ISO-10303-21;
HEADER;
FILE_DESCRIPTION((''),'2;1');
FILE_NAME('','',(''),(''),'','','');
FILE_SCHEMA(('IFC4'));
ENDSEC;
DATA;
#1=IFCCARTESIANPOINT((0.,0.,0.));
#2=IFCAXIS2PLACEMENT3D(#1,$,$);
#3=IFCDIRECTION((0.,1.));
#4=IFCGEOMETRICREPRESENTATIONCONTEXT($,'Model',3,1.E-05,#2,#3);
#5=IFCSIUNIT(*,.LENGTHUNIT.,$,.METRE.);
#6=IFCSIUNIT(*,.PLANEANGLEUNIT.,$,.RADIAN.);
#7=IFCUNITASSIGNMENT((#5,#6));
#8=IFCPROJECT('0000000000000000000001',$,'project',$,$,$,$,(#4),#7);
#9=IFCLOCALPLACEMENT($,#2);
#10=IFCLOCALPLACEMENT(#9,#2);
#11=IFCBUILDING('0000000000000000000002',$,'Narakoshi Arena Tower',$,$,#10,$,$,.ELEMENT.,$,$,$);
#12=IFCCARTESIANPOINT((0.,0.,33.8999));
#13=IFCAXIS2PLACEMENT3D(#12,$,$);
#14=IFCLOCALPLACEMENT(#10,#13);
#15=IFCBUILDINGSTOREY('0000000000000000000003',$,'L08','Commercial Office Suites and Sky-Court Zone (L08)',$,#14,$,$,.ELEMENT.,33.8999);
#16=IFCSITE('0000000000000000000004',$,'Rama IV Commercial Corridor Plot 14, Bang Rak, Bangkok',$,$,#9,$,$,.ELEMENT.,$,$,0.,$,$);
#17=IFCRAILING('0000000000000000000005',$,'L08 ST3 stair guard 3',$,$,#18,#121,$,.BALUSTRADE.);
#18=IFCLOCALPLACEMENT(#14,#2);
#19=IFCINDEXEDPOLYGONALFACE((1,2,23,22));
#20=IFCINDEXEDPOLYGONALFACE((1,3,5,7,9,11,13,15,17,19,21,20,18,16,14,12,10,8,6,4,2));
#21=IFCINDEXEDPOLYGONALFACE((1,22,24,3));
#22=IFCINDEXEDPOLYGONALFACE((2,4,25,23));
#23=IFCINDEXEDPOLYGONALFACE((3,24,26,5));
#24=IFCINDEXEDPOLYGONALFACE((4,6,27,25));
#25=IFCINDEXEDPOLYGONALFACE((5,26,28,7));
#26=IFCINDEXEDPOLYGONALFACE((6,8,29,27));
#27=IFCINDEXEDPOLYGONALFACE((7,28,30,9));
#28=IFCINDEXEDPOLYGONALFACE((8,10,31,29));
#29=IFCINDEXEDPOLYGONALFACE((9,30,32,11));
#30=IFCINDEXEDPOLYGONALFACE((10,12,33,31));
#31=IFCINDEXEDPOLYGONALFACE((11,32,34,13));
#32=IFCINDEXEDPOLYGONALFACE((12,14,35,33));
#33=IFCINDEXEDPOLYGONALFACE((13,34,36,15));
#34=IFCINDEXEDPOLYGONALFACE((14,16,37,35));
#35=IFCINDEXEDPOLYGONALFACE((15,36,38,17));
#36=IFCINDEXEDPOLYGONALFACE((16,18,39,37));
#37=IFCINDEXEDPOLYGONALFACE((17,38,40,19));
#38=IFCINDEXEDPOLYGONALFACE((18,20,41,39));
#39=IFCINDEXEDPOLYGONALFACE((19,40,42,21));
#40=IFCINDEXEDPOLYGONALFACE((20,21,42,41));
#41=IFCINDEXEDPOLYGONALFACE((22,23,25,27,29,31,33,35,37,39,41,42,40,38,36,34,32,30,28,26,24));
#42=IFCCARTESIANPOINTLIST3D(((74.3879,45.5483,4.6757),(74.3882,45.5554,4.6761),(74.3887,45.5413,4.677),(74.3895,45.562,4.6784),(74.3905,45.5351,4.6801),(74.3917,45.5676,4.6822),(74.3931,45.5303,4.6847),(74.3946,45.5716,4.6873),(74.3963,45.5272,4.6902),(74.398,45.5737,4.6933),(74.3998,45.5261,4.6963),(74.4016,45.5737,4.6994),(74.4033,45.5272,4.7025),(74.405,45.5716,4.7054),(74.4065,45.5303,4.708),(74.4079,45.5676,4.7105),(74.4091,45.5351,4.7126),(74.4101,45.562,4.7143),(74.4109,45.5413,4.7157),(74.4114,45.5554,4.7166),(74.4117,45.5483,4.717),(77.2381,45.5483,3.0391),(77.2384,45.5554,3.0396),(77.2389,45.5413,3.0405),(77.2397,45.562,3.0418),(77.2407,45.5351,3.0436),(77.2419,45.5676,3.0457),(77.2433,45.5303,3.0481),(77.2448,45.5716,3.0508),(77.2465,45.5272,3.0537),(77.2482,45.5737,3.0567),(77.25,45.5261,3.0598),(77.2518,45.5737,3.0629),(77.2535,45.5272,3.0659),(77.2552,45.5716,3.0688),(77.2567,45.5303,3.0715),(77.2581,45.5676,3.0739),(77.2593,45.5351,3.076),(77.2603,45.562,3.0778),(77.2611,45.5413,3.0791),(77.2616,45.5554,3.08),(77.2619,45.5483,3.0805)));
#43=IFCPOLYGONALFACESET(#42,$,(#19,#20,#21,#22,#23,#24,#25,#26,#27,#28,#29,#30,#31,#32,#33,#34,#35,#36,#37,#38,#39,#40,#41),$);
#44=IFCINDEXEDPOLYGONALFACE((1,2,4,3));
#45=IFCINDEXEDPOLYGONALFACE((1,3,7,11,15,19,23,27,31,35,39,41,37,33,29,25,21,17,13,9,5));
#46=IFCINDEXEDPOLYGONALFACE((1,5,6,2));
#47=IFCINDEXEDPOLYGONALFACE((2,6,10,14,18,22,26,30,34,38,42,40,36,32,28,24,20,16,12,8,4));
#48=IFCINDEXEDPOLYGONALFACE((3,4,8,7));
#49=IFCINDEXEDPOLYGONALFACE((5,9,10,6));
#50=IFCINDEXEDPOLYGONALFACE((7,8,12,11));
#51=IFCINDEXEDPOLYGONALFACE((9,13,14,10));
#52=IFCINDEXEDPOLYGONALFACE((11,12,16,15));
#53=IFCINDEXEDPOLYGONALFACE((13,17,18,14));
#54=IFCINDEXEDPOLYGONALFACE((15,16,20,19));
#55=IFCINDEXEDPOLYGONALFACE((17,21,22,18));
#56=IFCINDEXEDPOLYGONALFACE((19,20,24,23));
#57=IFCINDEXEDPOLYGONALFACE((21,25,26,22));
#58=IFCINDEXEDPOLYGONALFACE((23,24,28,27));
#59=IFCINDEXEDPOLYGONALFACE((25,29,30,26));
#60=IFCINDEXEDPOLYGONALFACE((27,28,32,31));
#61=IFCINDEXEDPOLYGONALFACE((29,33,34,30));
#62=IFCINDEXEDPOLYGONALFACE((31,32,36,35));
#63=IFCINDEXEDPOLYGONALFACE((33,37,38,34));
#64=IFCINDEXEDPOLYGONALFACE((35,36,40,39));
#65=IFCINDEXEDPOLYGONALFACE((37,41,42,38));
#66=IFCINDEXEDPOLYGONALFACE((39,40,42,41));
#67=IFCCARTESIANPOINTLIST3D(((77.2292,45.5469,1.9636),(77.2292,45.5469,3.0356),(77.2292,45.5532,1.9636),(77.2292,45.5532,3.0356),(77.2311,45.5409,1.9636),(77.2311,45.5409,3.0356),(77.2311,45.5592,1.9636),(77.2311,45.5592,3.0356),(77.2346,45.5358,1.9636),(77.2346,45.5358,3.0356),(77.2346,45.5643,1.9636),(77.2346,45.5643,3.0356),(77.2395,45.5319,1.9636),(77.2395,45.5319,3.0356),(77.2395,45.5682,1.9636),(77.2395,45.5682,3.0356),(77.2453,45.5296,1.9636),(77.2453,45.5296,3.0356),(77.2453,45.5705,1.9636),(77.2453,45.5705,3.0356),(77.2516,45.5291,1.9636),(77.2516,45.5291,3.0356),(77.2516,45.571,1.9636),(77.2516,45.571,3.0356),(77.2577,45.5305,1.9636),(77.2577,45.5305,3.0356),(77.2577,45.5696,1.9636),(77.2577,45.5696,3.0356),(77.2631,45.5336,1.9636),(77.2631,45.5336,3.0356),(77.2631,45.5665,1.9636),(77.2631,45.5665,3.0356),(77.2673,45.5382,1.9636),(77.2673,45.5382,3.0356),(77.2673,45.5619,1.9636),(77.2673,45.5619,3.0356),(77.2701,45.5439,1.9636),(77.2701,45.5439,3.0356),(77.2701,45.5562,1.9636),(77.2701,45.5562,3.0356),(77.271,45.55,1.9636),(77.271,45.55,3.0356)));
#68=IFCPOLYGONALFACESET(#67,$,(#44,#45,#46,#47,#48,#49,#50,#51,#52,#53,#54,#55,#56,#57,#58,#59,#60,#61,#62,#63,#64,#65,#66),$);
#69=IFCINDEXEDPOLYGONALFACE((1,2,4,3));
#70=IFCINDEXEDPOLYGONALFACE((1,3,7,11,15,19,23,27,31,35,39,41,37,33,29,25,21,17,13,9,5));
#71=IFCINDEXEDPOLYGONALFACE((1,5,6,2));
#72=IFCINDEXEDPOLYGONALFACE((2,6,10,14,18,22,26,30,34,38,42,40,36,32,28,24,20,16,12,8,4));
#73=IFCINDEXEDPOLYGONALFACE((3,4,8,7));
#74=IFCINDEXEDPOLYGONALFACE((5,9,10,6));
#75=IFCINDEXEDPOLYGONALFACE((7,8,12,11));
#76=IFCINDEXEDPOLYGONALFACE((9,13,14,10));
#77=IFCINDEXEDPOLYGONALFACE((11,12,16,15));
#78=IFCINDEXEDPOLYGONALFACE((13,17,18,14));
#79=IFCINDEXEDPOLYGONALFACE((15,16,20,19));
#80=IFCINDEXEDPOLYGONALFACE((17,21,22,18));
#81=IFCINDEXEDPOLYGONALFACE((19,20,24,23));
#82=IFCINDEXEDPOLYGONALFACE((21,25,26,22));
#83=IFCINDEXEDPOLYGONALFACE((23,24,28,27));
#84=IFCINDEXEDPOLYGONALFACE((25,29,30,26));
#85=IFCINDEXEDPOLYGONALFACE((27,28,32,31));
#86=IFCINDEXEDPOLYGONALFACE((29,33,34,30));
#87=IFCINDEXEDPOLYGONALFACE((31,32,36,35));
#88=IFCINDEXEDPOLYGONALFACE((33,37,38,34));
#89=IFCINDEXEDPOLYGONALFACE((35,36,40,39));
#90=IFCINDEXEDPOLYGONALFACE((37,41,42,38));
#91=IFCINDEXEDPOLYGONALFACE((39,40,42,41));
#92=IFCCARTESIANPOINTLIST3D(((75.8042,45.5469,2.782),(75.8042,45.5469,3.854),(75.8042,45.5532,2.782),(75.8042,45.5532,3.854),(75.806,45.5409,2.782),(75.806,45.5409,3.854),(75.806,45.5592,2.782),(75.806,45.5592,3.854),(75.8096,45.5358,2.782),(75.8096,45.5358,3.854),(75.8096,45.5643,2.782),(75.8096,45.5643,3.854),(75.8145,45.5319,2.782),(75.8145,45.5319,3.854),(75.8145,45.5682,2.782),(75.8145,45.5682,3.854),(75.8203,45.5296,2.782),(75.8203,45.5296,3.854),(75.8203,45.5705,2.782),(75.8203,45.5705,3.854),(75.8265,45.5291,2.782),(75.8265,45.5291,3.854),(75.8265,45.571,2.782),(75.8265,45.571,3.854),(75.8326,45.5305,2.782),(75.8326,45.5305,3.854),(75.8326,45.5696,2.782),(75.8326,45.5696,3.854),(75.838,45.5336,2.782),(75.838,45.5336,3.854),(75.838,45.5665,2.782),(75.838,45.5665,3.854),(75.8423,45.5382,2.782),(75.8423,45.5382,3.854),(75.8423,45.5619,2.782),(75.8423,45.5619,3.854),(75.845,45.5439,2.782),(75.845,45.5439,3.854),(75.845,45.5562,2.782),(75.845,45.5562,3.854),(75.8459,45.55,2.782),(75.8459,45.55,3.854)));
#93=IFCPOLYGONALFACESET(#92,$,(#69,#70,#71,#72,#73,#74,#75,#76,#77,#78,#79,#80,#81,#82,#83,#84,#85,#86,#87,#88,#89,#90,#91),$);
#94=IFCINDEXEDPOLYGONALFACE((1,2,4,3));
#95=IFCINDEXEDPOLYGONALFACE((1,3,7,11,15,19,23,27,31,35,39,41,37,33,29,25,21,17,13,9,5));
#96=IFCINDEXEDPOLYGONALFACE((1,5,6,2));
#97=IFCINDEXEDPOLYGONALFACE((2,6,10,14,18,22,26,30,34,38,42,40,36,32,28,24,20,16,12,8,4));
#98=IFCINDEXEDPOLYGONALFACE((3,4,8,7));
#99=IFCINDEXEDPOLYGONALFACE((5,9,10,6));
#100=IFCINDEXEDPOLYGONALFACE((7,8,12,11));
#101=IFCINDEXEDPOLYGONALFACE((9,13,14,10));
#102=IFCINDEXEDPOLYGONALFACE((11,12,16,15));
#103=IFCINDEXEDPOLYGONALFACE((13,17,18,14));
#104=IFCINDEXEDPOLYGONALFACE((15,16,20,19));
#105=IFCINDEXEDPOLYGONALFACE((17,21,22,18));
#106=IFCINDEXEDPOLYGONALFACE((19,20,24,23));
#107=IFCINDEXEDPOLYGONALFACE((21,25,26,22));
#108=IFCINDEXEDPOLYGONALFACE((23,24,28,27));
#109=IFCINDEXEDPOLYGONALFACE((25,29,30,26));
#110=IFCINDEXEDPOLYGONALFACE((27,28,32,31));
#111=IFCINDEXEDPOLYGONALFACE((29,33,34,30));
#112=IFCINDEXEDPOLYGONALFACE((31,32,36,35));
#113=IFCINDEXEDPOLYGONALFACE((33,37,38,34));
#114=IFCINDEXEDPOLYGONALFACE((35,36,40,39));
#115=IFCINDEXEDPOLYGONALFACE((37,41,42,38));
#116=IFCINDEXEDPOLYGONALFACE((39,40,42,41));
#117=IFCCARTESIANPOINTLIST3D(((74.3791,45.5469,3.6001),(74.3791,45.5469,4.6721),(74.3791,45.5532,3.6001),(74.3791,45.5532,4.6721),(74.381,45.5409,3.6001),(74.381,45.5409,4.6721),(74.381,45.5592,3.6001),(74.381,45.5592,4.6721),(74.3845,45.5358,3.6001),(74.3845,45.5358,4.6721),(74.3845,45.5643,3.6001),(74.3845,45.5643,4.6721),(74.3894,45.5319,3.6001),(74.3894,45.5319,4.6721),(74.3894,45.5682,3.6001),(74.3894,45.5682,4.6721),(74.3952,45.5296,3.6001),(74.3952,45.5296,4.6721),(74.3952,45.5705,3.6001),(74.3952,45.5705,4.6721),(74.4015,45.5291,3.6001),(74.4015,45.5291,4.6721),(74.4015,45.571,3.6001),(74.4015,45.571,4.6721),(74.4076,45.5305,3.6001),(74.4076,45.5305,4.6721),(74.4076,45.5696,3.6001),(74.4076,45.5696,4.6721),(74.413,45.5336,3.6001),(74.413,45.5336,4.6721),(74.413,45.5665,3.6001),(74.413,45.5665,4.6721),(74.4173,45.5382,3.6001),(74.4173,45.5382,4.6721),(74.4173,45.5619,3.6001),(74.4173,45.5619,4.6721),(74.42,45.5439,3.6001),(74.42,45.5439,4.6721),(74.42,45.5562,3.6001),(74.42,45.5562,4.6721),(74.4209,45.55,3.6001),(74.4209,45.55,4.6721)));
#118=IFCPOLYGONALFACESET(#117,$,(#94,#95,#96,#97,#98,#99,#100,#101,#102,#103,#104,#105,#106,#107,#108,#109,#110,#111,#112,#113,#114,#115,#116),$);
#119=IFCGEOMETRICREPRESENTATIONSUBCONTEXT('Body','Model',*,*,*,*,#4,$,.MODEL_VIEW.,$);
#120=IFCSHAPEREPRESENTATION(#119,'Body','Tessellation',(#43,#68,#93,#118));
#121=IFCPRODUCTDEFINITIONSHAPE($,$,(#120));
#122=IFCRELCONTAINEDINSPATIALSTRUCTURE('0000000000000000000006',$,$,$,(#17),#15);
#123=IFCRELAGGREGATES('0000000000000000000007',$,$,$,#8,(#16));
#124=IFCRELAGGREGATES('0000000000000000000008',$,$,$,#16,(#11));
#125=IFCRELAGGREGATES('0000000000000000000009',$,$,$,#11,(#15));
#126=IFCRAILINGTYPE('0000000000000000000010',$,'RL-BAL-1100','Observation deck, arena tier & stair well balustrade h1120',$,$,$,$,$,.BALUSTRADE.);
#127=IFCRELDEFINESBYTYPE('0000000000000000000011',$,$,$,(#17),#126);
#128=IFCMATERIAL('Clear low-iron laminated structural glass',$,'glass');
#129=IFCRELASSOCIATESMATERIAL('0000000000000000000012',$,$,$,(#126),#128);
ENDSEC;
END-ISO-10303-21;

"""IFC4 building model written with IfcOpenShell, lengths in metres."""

from ifc_helpers import new_model, si_unit, direction, frame, origin, origin_2d, place, context, subcontext, project, spatial, circle, extrude, material, type_object, element, save


model = new_model("IFC4")

# Units and contexts
model_context = context("Model", 3, precision=1e-05, world=origin(), true_north=direction((0.0, 1.0)))
body_context = subcontext(model_context, "Body", "Model", "MODEL_VIEW")
ifc_project = project(units=[si_unit("LENGTHUNIT", "METRE"), si_unit("PLANEANGLEUNIT", "RADIAN")], contexts=[model_context])

# Site, building, storey
site_placement = place(None, origin())
site = spatial("IfcSite", under=ifc_project, at=site_placement, Name="Rama IV Commercial Corridor Plot 14, Bang Rak, Bangkok", CompositionType="ELEMENT", RefElevation=0.0)
building_placement = place(site_placement, origin())
building = spatial("IfcBuilding", under=site, at=building_placement, Name="Narakoshi Arena Tower", CompositionType="ELEMENT")
storey_placement = place(building_placement, frame((0.0, 0.0, 33.8999)))
storey = spatial("IfcBuildingStorey", under=building, at=storey_placement, Name="L08", Description="Commercial Office Suites and Sky-Court Zone (L08)", CompositionType="ELEMENT", Elevation=33.8999)

# Railing
ifc_material_1 = material(Name="Clear low-iron laminated structural glass", Category="glass")
railing_type_1 = type_object("IfcRailingType", Name="RL-BAL-1100", Description="Observation deck, arena tier & stair well balustrade h1120", PredefinedType="BALUSTRADE", material=ifc_material_1)
railing_1_placement = place(storey_placement, frame((77.25, 45.55, 1.9636)))
element("IfcRailing", 1, at=railing_1_placement, inside=storey, type_object=railing_type_1, Name="L08 ST3 stair guard 3", PredefinedType="BALUSTRADE", context=body_context, shape_type="SweptSolid", body=[
    extrude(circle(Radius=0.0239, at=origin_2d()), frame((0.0, 0.0, 1.0962), z_axis=(-0.867213, 0.0, 0.497938), x_axis=(0.0, -1.0, 0.0)), (0.0, 0.0, 1.0), 3.2866),
    extrude(circle(Radius=0.021, at=origin_2d()), origin(), (0.0, 0.0, 1.0), 1.072),
    extrude(circle(Radius=0.021, at=origin_2d()), frame((-1.425, 0.0, 0.8184)), (0.0, 0.0, 1.0), 1.072),
    extrude(circle(Radius=0.021, at=origin_2d()), frame((-2.8501, 0.0, 1.6365)), (0.0, 0.0, 1.0), 1.072),
])

save(model, "model.ifc")
